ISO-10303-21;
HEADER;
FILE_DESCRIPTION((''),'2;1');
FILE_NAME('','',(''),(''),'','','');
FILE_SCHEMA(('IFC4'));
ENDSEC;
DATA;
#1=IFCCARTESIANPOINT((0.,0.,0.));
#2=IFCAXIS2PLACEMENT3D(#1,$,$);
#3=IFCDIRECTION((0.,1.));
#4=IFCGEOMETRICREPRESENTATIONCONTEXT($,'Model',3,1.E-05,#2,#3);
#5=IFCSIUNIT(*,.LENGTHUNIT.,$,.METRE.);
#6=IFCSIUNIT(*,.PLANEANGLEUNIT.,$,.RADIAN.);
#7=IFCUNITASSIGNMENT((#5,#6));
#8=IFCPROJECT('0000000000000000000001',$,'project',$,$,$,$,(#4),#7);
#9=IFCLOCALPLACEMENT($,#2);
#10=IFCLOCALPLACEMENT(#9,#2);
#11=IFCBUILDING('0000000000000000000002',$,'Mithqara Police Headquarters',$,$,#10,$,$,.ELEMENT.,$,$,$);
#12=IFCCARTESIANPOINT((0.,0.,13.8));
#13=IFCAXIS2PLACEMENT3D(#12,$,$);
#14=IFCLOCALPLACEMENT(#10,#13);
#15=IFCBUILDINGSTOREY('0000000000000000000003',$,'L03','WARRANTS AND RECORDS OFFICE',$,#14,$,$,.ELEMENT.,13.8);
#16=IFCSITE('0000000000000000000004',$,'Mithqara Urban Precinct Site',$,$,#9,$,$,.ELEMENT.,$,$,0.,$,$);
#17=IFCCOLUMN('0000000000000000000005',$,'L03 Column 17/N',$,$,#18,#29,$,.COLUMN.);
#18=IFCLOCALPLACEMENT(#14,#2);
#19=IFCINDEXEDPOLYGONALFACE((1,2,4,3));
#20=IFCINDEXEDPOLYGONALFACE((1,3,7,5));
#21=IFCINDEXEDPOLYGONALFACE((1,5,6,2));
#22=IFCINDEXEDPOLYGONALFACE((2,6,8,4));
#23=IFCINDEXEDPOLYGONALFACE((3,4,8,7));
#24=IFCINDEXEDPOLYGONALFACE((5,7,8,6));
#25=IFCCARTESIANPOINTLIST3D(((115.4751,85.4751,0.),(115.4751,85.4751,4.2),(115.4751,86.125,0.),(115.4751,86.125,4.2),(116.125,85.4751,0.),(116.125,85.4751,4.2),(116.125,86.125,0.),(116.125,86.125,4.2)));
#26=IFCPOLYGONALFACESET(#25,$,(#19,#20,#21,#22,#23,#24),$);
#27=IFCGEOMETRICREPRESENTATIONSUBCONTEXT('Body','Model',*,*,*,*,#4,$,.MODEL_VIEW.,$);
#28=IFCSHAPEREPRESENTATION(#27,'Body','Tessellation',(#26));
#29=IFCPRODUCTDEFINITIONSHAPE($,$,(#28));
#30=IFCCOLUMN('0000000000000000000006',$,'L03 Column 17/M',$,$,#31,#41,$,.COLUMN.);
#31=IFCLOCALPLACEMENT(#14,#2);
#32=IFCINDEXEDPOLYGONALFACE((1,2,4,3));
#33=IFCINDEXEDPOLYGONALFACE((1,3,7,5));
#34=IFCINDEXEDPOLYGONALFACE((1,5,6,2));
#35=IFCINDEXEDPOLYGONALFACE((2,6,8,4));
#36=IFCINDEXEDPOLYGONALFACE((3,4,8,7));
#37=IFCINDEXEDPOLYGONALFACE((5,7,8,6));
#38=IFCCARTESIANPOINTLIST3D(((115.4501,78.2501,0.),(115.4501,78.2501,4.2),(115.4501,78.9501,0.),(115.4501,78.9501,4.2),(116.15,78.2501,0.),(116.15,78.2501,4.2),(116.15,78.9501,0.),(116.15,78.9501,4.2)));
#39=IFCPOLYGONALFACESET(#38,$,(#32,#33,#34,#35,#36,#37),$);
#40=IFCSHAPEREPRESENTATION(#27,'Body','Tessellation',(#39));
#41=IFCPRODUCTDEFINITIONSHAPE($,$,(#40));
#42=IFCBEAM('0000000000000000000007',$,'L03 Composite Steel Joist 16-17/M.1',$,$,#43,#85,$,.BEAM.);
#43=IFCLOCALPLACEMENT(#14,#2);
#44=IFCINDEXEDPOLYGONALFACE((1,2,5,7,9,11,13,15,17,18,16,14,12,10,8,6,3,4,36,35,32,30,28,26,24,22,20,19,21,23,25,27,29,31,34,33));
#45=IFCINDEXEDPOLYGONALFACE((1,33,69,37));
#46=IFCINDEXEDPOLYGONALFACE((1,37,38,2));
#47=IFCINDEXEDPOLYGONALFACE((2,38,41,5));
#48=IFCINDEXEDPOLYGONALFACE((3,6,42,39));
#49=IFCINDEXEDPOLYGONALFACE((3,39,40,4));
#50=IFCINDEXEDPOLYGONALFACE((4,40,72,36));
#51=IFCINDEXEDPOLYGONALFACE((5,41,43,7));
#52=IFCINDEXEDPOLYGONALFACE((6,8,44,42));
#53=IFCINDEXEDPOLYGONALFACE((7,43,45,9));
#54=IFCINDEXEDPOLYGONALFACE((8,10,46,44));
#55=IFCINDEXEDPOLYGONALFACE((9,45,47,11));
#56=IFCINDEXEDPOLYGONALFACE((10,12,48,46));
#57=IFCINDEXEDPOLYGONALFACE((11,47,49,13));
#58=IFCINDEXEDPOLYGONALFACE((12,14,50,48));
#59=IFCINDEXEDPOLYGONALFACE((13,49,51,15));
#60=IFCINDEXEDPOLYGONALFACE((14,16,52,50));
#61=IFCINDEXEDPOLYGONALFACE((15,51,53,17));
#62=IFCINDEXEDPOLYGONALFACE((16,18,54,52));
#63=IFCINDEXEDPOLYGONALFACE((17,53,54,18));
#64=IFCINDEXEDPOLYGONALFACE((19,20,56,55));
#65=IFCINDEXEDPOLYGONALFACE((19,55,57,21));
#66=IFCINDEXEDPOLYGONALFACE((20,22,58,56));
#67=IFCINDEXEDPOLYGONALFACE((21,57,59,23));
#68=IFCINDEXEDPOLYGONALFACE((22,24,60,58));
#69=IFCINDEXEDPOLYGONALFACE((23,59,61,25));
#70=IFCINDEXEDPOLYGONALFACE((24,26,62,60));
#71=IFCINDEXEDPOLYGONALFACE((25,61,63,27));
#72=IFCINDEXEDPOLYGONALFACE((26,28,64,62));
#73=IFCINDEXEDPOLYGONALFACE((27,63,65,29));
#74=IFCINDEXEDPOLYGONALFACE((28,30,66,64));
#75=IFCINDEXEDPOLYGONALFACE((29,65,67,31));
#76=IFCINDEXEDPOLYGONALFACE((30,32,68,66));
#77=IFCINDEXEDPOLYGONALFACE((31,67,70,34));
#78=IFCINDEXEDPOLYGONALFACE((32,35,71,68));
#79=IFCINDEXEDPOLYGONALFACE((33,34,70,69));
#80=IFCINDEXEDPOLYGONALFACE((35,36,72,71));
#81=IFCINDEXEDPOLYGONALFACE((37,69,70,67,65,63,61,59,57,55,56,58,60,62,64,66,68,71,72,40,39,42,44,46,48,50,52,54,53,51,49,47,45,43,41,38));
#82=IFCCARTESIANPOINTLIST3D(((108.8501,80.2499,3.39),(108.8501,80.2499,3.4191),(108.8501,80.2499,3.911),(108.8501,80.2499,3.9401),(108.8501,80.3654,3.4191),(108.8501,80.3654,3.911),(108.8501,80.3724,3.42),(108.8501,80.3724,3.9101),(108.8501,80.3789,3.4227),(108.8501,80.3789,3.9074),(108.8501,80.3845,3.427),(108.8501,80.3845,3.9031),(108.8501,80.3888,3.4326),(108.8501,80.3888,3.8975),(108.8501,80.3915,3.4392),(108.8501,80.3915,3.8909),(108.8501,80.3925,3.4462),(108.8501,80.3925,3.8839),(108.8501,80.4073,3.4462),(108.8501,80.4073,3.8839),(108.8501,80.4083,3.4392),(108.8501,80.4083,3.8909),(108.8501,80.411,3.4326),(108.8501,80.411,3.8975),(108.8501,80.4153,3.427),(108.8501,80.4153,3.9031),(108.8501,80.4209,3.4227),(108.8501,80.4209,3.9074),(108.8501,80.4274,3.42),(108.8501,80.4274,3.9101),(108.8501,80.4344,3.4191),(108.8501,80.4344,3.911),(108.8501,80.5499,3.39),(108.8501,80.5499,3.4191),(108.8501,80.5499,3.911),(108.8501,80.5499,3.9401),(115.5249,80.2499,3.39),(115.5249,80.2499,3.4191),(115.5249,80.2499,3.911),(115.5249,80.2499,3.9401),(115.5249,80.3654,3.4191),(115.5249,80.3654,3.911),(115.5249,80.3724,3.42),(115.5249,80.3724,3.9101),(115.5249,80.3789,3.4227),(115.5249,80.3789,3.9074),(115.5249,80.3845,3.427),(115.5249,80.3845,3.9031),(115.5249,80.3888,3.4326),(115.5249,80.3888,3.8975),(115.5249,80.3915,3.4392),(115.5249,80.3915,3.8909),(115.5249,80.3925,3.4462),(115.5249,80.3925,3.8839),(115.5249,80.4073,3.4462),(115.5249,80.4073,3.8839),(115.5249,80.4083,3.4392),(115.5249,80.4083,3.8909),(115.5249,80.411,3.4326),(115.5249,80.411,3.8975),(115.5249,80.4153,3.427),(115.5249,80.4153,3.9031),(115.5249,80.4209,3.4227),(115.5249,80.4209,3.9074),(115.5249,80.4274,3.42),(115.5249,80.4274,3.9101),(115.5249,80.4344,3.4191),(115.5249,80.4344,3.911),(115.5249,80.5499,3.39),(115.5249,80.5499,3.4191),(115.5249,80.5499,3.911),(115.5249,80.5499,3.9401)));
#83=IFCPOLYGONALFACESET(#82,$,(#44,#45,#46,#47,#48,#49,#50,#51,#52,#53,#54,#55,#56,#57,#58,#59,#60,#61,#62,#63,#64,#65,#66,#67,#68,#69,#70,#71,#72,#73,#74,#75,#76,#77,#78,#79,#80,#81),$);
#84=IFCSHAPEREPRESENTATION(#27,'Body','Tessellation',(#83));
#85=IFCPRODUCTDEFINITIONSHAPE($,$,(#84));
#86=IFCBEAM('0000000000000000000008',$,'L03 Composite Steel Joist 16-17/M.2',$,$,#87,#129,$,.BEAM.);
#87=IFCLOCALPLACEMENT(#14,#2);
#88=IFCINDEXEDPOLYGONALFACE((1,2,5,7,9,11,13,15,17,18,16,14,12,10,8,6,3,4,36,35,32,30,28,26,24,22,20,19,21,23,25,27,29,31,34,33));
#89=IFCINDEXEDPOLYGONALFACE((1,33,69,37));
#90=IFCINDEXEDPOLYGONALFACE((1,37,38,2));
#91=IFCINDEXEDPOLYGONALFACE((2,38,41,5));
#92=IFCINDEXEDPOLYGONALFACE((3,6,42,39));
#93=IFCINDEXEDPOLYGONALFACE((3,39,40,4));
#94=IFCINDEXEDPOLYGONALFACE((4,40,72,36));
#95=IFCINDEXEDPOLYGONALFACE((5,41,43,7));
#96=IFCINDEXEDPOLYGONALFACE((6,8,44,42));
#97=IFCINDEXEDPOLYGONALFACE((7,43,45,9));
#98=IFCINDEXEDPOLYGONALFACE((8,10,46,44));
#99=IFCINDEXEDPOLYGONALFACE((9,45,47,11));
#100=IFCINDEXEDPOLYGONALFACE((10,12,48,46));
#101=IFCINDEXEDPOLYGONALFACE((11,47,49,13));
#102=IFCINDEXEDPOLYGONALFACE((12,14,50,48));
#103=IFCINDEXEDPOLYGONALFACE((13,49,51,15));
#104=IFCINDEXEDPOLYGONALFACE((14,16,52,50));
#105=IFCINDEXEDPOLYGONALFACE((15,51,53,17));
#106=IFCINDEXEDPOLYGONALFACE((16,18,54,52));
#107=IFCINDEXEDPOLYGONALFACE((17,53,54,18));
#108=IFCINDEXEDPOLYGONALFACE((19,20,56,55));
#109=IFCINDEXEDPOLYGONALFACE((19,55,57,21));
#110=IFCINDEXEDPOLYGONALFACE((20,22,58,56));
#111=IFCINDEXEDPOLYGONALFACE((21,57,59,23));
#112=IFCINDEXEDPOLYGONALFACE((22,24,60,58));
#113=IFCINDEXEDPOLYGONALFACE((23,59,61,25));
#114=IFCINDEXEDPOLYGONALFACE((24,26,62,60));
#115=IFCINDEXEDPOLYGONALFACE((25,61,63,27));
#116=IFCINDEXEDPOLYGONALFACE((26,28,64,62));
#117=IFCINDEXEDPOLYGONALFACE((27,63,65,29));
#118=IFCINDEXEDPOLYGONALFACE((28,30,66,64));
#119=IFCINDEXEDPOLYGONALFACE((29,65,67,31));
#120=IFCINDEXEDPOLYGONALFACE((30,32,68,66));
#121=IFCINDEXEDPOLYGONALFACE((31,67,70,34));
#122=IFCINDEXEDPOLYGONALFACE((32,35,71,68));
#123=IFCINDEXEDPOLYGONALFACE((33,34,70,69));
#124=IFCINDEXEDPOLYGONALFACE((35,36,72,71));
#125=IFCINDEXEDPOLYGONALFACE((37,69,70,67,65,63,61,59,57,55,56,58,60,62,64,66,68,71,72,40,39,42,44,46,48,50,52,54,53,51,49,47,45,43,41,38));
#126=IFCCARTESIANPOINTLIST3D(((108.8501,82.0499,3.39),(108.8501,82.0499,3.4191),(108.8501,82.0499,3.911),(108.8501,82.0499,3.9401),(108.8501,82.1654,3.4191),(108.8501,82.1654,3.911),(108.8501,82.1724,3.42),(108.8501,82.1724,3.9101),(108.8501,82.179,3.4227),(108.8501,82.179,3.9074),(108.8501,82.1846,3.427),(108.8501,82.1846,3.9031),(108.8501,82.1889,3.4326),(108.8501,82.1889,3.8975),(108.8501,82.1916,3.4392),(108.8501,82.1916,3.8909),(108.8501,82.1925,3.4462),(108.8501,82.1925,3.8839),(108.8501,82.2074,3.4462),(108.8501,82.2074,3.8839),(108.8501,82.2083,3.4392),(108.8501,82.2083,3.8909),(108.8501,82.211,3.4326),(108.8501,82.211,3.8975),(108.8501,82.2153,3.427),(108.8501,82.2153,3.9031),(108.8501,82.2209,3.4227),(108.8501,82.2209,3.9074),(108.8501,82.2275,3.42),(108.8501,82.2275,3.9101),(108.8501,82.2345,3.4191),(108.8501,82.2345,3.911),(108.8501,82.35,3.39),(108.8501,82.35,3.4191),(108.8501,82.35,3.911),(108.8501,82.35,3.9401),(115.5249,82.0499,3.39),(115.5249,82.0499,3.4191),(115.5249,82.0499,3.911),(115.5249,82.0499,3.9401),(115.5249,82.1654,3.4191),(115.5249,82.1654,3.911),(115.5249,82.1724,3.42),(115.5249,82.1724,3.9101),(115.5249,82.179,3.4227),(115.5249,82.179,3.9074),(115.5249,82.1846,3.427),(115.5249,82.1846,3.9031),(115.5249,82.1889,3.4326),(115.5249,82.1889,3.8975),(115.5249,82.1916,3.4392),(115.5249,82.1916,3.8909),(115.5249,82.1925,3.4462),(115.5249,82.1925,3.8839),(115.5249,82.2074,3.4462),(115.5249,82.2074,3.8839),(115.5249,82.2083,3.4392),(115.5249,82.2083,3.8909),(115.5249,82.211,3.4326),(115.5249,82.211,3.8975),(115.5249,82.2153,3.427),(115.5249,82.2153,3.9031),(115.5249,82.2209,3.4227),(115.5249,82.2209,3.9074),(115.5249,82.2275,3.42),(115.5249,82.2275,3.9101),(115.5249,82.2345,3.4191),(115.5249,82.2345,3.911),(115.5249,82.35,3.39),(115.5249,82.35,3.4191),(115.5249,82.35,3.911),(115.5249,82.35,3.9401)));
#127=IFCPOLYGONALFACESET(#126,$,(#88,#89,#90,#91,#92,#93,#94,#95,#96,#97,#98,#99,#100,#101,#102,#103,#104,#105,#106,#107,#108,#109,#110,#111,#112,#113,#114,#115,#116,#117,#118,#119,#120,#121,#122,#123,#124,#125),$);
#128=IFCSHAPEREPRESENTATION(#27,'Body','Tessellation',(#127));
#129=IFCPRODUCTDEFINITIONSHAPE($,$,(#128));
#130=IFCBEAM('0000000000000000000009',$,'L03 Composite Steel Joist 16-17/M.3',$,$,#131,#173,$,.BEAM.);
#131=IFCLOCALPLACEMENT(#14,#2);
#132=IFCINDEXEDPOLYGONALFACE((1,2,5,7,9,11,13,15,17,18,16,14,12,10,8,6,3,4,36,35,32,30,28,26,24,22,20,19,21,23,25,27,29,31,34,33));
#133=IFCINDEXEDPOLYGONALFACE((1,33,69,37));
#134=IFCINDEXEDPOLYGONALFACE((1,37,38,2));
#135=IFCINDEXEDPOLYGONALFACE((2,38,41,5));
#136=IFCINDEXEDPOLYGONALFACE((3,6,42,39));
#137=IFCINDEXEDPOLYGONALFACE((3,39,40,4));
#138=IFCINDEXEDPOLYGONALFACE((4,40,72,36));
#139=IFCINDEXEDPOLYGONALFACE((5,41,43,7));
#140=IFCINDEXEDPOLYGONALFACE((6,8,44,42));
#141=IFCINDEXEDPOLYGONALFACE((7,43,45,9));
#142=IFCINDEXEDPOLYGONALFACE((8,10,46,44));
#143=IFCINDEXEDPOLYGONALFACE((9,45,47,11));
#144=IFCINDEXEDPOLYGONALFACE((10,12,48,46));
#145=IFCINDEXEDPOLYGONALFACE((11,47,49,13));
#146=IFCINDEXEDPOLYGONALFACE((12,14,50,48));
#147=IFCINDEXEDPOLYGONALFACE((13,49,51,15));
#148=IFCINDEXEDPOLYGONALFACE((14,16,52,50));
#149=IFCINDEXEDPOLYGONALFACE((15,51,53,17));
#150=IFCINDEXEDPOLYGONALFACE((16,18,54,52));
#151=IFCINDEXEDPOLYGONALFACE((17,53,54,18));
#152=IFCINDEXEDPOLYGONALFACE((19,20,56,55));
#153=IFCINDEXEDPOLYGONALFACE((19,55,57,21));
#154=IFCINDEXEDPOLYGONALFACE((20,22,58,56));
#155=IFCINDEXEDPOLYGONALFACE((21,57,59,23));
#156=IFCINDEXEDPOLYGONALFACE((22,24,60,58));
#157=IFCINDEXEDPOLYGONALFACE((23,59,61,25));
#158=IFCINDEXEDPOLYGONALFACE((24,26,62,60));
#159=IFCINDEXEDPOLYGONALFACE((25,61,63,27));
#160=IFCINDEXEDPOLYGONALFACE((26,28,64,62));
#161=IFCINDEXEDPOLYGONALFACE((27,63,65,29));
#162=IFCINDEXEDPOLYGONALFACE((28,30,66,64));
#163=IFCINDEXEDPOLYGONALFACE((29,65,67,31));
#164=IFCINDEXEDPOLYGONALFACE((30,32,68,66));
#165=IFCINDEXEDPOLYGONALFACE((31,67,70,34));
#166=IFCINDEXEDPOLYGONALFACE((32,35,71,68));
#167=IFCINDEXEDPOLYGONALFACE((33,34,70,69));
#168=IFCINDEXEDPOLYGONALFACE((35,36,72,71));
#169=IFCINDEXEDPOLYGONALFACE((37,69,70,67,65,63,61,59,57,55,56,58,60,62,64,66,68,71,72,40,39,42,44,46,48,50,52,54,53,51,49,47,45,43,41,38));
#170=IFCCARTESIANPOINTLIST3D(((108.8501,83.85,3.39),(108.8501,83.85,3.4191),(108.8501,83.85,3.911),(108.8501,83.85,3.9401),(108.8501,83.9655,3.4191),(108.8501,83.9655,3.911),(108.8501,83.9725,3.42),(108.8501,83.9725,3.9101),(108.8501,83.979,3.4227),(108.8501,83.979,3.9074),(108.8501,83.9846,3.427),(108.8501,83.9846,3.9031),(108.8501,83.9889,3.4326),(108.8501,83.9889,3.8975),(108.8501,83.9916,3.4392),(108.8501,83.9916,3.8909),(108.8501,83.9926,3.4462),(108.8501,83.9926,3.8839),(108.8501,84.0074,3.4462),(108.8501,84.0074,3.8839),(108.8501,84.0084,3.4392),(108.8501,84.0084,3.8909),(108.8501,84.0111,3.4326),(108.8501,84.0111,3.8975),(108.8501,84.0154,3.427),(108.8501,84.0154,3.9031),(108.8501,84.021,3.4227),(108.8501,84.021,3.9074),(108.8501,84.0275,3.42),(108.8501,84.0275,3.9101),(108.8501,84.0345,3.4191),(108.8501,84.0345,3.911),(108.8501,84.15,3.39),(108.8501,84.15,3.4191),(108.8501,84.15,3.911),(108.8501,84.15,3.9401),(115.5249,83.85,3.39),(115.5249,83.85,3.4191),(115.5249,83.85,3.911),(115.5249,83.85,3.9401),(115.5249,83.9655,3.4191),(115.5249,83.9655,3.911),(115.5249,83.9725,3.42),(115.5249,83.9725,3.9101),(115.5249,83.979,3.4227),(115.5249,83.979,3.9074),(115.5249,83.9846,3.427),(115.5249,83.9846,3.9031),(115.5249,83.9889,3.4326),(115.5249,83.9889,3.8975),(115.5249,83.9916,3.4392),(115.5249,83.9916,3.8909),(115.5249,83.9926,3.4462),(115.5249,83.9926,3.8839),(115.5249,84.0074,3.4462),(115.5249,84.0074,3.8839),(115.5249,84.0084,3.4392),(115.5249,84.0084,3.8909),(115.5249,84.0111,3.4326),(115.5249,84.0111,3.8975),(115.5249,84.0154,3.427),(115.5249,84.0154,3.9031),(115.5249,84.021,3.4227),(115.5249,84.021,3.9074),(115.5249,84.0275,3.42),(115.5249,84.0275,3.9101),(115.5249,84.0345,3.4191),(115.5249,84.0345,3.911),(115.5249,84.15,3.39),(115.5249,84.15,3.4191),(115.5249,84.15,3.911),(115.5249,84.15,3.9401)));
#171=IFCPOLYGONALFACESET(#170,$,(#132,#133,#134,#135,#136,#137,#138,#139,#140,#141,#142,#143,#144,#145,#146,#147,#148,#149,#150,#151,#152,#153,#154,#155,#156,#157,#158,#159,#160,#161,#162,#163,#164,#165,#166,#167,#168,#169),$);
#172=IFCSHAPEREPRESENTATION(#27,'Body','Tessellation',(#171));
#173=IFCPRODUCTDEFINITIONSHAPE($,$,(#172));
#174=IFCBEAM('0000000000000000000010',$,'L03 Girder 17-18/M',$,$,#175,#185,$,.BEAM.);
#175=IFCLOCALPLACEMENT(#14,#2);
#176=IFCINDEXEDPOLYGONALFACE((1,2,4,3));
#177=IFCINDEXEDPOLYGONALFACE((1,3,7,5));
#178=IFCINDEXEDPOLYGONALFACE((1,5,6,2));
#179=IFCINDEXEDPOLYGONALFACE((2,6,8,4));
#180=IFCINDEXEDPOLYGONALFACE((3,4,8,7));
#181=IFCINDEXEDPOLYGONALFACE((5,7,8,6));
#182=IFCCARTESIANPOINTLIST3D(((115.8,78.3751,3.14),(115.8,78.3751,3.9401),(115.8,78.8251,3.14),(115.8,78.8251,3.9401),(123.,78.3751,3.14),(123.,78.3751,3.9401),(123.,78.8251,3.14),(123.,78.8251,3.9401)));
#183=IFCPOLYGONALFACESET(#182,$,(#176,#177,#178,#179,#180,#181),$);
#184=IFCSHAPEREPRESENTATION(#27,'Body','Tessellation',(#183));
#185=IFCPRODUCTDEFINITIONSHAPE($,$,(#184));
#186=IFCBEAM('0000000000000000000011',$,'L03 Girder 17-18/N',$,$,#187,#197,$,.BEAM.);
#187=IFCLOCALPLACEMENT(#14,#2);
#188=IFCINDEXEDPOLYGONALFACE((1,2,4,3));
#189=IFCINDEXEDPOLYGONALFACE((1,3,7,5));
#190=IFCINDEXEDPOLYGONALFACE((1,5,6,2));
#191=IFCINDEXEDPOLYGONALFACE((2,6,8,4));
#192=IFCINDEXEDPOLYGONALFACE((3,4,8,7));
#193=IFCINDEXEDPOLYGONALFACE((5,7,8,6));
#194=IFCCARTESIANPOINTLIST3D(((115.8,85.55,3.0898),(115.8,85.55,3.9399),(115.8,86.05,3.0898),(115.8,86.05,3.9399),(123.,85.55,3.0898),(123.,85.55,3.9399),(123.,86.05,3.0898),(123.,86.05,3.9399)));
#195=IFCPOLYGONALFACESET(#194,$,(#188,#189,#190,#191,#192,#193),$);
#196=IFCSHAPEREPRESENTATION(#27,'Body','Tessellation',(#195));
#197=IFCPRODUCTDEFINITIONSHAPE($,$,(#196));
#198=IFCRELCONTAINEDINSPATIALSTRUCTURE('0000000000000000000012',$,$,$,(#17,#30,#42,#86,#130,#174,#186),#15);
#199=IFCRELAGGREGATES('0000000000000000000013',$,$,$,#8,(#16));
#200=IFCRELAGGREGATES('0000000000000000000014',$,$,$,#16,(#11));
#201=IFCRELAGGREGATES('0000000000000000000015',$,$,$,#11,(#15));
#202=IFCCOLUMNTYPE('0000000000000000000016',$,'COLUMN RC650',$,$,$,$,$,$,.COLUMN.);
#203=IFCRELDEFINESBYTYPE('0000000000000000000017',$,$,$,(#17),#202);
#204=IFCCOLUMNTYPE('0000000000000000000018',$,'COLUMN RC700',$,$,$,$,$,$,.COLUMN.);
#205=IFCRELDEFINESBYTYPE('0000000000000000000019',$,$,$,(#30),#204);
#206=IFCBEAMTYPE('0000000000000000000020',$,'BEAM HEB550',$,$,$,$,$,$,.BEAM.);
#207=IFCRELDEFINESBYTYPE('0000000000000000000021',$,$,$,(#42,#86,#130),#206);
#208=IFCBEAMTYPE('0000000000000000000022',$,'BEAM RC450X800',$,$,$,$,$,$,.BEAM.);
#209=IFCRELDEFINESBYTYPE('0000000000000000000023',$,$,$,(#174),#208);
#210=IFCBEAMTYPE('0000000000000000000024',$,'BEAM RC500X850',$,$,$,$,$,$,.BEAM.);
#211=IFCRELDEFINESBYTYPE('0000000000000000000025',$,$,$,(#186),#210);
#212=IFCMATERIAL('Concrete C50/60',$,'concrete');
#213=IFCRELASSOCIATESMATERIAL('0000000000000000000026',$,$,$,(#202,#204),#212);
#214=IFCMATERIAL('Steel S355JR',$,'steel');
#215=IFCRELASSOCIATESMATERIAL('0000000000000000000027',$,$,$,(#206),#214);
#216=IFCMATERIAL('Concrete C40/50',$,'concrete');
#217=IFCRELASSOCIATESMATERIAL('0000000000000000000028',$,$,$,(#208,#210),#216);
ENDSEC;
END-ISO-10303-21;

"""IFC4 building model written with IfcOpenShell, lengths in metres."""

from ifc_helpers import new_model, si_unit, direction, frame, origin, origin_2d, place, context, subcontext, project, spatial, rectangle, i_section, extrude, material, material_profile, profile_set, type_object, element, save


model = new_model("IFC4")

# Units and contexts
model_context = context("Model", 3, precision=1e-05, world=origin(), true_north=direction((0.0, 1.0)))
body_context = subcontext(model_context, "Body", "Model", "MODEL_VIEW")
ifc_project = project(units=[si_unit("LENGTHUNIT", "METRE"), si_unit("PLANEANGLEUNIT", "RADIAN")], contexts=[model_context])

# Site, building, storey
site_placement = place(None, origin())
site = spatial("IfcSite", under=ifc_project, at=site_placement, Name="Mithqara Urban Precinct Site", CompositionType="ELEMENT", RefElevation=0.0)
building_placement = place(site_placement, origin())
building = spatial("IfcBuilding", under=site, at=building_placement, Name="Mithqara Police Headquarters", CompositionType="ELEMENT")
storey_placement = place(building_placement, frame((0.0, 0.0, 13.8)))
storey = spatial("IfcBuildingStorey", under=building, at=storey_placement, Name="L03", Description="WARRANTS AND RECORDS OFFICE", CompositionType="ELEMENT", Elevation=13.8)

# Columns
ifc_material_1 = material(Name="Concrete C50/60", Category="concrete")
ifc_material_profile_1 = material_profile(ifc_material_1, rectangle(XDim=0.6499, YDim=0.6499, at=origin_2d()), Name="RC 650x650")
ifc_profile_set_1 = profile_set([ifc_material_profile_1], Name="Concrete C50/60")
column_type_1 = type_object("IfcColumnType", Name="COLUMN RC650", PredefinedType="COLUMN", material=ifc_profile_set_1)
column_1_placement = place(storey_placement, frame((115.8, 85.8, 0.0), z_axis=(0.0, 0.0, 1.0), x_axis=(1.0, 0.0, 0.0)))
element("IfcColumn", 1, at=column_1_placement, inside=storey, type_object=column_type_1, Name="L03 Column 17/N", PredefinedType="COLUMN", context=body_context, shape_type="SweptSolid", body=[
    extrude(rectangle(XDim=0.6499, YDim=0.6499, at=origin_2d()), origin(), (0.0, 0.0, 1.0), 4.2),
])
ifc_material_profile_2 = material_profile(ifc_material_1, rectangle(XDim=0.7, YDim=0.7, at=origin_2d()), Name="RC 700x700")
ifc_profile_set_2 = profile_set([ifc_material_profile_2], Name="Concrete C50/60")
column_type_2 = type_object("IfcColumnType", Name="COLUMN RC700", PredefinedType="COLUMN", material=ifc_profile_set_2)
column_2_placement = place(storey_placement, frame((115.8, 78.6001, 0.0), z_axis=(0.0, 0.0, 1.0), x_axis=(1.0, 0.0, 0.0)))
element("IfcColumn", 2, at=column_2_placement, inside=storey, type_object=column_type_2, Name="L03 Column 17/M", PredefinedType="COLUMN", context=body_context, shape_type="SweptSolid", body=[
    extrude(rectangle(XDim=0.7, YDim=0.7, at=origin_2d()), origin(), (0.0, 0.0, 1.0), 4.2),
])

# Beams
ifc_material_2 = material(Name="Steel S355JR", Category="steel")
ifc_material_profile_3 = material_profile(ifc_material_2, i_section(OverallWidth=0.3, OverallDepth=0.55, WebThickness=0.0149, FlangeThickness=0.0291, FilletRadius=0.0271, at=origin_2d()), Name="HEB 550")
ifc_profile_set_3 = profile_set([ifc_material_profile_3], Name="Steel S355JR")
beam_type_1 = type_object("IfcBeamType", Name="BEAM HEB550", PredefinedType="BEAM", material=ifc_profile_set_3)
for number, where, z_axis, x_axis, name in (
    (3, (108.8501, 80.3999, 3.665), (1.0, 0.0, 0.0), (0.0, 1.0, 0.0), "L03 Composite Steel Joist 16-17/M.1"),
    (4, (108.8501, 82.2, 3.665), (1.0, 0.0, 0.0), (0.0, 1.0, 0.0), "L03 Composite Steel Joist 16-17/M.2"),
    (5, (108.8501, 84.0, 3.665), (1.0, 0.0, 0.0), (0.0, 1.0, 0.0), "L03 Composite Steel Joist 16-17/M.3"),
):
    element("IfcBeam", number, at=place(storey_placement, frame(where, z_axis=z_axis, x_axis=x_axis)), inside=storey, type_object=beam_type_1, Name=name, PredefinedType="BEAM", context=body_context, shape_type="SweptSolid", body=[
        extrude(i_section(OverallWidth=0.3, OverallDepth=0.55, WebThickness=0.0149, FlangeThickness=0.0291, FilletRadius=0.0271, at=origin_2d()), origin(), (0.0, 0.0, 1.0), 6.6748),
    ])
ifc_material_3 = material(Name="Concrete C40/50", Category="concrete")
ifc_material_profile_4 = material_profile(ifc_material_3, rectangle(XDim=0.45, YDim=0.8, at=origin_2d()), Name="RC 450x800")
ifc_profile_set_4 = profile_set([ifc_material_profile_4], Name="Concrete C40/50")
beam_type_2 = type_object("IfcBeamType", Name="BEAM RC450X800", PredefinedType="BEAM", material=ifc_profile_set_4)
beam_1_placement = place(storey_placement, frame((115.8, 78.6001, 3.54), z_axis=(1.0, 0.0, 0.0), x_axis=(0.0, 1.0, 0.0)))
element("IfcBeam", 6, at=beam_1_placement, inside=storey, type_object=beam_type_2, Name="L03 Girder 17-18/M", PredefinedType="BEAM", context=body_context, shape_type="SweptSolid", body=[
    extrude(rectangle(XDim=0.45, YDim=0.8, at=origin_2d()), origin(), (0.0, 0.0, 1.0), 7.2),
])
ifc_material_profile_5 = material_profile(ifc_material_3, rectangle(XDim=0.5, YDim=0.8501, at=origin_2d()), Name="RC 500x850")
ifc_profile_set_5 = profile_set([ifc_material_profile_5], Name="Concrete C40/50")
beam_type_3 = type_object("IfcBeamType", Name="BEAM RC500X850", PredefinedType="BEAM", material=ifc_profile_set_5)
beam_2_placement = place(storey_placement, frame((115.8, 85.8, 3.5149), z_axis=(1.0, 0.0, 0.0), x_axis=(0.0, 1.0, 0.0)))
element("IfcBeam", 7, at=beam_2_placement, inside=storey, type_object=beam_type_3, Name="L03 Girder 17-18/N", PredefinedType="BEAM", context=body_context, shape_type="SweptSolid", body=[
    extrude(rectangle(XDim=0.5, YDim=0.8501, at=origin_2d()), origin(), (0.0, 0.0, 1.0), 7.2),
])

save(model, "model.ifc")
